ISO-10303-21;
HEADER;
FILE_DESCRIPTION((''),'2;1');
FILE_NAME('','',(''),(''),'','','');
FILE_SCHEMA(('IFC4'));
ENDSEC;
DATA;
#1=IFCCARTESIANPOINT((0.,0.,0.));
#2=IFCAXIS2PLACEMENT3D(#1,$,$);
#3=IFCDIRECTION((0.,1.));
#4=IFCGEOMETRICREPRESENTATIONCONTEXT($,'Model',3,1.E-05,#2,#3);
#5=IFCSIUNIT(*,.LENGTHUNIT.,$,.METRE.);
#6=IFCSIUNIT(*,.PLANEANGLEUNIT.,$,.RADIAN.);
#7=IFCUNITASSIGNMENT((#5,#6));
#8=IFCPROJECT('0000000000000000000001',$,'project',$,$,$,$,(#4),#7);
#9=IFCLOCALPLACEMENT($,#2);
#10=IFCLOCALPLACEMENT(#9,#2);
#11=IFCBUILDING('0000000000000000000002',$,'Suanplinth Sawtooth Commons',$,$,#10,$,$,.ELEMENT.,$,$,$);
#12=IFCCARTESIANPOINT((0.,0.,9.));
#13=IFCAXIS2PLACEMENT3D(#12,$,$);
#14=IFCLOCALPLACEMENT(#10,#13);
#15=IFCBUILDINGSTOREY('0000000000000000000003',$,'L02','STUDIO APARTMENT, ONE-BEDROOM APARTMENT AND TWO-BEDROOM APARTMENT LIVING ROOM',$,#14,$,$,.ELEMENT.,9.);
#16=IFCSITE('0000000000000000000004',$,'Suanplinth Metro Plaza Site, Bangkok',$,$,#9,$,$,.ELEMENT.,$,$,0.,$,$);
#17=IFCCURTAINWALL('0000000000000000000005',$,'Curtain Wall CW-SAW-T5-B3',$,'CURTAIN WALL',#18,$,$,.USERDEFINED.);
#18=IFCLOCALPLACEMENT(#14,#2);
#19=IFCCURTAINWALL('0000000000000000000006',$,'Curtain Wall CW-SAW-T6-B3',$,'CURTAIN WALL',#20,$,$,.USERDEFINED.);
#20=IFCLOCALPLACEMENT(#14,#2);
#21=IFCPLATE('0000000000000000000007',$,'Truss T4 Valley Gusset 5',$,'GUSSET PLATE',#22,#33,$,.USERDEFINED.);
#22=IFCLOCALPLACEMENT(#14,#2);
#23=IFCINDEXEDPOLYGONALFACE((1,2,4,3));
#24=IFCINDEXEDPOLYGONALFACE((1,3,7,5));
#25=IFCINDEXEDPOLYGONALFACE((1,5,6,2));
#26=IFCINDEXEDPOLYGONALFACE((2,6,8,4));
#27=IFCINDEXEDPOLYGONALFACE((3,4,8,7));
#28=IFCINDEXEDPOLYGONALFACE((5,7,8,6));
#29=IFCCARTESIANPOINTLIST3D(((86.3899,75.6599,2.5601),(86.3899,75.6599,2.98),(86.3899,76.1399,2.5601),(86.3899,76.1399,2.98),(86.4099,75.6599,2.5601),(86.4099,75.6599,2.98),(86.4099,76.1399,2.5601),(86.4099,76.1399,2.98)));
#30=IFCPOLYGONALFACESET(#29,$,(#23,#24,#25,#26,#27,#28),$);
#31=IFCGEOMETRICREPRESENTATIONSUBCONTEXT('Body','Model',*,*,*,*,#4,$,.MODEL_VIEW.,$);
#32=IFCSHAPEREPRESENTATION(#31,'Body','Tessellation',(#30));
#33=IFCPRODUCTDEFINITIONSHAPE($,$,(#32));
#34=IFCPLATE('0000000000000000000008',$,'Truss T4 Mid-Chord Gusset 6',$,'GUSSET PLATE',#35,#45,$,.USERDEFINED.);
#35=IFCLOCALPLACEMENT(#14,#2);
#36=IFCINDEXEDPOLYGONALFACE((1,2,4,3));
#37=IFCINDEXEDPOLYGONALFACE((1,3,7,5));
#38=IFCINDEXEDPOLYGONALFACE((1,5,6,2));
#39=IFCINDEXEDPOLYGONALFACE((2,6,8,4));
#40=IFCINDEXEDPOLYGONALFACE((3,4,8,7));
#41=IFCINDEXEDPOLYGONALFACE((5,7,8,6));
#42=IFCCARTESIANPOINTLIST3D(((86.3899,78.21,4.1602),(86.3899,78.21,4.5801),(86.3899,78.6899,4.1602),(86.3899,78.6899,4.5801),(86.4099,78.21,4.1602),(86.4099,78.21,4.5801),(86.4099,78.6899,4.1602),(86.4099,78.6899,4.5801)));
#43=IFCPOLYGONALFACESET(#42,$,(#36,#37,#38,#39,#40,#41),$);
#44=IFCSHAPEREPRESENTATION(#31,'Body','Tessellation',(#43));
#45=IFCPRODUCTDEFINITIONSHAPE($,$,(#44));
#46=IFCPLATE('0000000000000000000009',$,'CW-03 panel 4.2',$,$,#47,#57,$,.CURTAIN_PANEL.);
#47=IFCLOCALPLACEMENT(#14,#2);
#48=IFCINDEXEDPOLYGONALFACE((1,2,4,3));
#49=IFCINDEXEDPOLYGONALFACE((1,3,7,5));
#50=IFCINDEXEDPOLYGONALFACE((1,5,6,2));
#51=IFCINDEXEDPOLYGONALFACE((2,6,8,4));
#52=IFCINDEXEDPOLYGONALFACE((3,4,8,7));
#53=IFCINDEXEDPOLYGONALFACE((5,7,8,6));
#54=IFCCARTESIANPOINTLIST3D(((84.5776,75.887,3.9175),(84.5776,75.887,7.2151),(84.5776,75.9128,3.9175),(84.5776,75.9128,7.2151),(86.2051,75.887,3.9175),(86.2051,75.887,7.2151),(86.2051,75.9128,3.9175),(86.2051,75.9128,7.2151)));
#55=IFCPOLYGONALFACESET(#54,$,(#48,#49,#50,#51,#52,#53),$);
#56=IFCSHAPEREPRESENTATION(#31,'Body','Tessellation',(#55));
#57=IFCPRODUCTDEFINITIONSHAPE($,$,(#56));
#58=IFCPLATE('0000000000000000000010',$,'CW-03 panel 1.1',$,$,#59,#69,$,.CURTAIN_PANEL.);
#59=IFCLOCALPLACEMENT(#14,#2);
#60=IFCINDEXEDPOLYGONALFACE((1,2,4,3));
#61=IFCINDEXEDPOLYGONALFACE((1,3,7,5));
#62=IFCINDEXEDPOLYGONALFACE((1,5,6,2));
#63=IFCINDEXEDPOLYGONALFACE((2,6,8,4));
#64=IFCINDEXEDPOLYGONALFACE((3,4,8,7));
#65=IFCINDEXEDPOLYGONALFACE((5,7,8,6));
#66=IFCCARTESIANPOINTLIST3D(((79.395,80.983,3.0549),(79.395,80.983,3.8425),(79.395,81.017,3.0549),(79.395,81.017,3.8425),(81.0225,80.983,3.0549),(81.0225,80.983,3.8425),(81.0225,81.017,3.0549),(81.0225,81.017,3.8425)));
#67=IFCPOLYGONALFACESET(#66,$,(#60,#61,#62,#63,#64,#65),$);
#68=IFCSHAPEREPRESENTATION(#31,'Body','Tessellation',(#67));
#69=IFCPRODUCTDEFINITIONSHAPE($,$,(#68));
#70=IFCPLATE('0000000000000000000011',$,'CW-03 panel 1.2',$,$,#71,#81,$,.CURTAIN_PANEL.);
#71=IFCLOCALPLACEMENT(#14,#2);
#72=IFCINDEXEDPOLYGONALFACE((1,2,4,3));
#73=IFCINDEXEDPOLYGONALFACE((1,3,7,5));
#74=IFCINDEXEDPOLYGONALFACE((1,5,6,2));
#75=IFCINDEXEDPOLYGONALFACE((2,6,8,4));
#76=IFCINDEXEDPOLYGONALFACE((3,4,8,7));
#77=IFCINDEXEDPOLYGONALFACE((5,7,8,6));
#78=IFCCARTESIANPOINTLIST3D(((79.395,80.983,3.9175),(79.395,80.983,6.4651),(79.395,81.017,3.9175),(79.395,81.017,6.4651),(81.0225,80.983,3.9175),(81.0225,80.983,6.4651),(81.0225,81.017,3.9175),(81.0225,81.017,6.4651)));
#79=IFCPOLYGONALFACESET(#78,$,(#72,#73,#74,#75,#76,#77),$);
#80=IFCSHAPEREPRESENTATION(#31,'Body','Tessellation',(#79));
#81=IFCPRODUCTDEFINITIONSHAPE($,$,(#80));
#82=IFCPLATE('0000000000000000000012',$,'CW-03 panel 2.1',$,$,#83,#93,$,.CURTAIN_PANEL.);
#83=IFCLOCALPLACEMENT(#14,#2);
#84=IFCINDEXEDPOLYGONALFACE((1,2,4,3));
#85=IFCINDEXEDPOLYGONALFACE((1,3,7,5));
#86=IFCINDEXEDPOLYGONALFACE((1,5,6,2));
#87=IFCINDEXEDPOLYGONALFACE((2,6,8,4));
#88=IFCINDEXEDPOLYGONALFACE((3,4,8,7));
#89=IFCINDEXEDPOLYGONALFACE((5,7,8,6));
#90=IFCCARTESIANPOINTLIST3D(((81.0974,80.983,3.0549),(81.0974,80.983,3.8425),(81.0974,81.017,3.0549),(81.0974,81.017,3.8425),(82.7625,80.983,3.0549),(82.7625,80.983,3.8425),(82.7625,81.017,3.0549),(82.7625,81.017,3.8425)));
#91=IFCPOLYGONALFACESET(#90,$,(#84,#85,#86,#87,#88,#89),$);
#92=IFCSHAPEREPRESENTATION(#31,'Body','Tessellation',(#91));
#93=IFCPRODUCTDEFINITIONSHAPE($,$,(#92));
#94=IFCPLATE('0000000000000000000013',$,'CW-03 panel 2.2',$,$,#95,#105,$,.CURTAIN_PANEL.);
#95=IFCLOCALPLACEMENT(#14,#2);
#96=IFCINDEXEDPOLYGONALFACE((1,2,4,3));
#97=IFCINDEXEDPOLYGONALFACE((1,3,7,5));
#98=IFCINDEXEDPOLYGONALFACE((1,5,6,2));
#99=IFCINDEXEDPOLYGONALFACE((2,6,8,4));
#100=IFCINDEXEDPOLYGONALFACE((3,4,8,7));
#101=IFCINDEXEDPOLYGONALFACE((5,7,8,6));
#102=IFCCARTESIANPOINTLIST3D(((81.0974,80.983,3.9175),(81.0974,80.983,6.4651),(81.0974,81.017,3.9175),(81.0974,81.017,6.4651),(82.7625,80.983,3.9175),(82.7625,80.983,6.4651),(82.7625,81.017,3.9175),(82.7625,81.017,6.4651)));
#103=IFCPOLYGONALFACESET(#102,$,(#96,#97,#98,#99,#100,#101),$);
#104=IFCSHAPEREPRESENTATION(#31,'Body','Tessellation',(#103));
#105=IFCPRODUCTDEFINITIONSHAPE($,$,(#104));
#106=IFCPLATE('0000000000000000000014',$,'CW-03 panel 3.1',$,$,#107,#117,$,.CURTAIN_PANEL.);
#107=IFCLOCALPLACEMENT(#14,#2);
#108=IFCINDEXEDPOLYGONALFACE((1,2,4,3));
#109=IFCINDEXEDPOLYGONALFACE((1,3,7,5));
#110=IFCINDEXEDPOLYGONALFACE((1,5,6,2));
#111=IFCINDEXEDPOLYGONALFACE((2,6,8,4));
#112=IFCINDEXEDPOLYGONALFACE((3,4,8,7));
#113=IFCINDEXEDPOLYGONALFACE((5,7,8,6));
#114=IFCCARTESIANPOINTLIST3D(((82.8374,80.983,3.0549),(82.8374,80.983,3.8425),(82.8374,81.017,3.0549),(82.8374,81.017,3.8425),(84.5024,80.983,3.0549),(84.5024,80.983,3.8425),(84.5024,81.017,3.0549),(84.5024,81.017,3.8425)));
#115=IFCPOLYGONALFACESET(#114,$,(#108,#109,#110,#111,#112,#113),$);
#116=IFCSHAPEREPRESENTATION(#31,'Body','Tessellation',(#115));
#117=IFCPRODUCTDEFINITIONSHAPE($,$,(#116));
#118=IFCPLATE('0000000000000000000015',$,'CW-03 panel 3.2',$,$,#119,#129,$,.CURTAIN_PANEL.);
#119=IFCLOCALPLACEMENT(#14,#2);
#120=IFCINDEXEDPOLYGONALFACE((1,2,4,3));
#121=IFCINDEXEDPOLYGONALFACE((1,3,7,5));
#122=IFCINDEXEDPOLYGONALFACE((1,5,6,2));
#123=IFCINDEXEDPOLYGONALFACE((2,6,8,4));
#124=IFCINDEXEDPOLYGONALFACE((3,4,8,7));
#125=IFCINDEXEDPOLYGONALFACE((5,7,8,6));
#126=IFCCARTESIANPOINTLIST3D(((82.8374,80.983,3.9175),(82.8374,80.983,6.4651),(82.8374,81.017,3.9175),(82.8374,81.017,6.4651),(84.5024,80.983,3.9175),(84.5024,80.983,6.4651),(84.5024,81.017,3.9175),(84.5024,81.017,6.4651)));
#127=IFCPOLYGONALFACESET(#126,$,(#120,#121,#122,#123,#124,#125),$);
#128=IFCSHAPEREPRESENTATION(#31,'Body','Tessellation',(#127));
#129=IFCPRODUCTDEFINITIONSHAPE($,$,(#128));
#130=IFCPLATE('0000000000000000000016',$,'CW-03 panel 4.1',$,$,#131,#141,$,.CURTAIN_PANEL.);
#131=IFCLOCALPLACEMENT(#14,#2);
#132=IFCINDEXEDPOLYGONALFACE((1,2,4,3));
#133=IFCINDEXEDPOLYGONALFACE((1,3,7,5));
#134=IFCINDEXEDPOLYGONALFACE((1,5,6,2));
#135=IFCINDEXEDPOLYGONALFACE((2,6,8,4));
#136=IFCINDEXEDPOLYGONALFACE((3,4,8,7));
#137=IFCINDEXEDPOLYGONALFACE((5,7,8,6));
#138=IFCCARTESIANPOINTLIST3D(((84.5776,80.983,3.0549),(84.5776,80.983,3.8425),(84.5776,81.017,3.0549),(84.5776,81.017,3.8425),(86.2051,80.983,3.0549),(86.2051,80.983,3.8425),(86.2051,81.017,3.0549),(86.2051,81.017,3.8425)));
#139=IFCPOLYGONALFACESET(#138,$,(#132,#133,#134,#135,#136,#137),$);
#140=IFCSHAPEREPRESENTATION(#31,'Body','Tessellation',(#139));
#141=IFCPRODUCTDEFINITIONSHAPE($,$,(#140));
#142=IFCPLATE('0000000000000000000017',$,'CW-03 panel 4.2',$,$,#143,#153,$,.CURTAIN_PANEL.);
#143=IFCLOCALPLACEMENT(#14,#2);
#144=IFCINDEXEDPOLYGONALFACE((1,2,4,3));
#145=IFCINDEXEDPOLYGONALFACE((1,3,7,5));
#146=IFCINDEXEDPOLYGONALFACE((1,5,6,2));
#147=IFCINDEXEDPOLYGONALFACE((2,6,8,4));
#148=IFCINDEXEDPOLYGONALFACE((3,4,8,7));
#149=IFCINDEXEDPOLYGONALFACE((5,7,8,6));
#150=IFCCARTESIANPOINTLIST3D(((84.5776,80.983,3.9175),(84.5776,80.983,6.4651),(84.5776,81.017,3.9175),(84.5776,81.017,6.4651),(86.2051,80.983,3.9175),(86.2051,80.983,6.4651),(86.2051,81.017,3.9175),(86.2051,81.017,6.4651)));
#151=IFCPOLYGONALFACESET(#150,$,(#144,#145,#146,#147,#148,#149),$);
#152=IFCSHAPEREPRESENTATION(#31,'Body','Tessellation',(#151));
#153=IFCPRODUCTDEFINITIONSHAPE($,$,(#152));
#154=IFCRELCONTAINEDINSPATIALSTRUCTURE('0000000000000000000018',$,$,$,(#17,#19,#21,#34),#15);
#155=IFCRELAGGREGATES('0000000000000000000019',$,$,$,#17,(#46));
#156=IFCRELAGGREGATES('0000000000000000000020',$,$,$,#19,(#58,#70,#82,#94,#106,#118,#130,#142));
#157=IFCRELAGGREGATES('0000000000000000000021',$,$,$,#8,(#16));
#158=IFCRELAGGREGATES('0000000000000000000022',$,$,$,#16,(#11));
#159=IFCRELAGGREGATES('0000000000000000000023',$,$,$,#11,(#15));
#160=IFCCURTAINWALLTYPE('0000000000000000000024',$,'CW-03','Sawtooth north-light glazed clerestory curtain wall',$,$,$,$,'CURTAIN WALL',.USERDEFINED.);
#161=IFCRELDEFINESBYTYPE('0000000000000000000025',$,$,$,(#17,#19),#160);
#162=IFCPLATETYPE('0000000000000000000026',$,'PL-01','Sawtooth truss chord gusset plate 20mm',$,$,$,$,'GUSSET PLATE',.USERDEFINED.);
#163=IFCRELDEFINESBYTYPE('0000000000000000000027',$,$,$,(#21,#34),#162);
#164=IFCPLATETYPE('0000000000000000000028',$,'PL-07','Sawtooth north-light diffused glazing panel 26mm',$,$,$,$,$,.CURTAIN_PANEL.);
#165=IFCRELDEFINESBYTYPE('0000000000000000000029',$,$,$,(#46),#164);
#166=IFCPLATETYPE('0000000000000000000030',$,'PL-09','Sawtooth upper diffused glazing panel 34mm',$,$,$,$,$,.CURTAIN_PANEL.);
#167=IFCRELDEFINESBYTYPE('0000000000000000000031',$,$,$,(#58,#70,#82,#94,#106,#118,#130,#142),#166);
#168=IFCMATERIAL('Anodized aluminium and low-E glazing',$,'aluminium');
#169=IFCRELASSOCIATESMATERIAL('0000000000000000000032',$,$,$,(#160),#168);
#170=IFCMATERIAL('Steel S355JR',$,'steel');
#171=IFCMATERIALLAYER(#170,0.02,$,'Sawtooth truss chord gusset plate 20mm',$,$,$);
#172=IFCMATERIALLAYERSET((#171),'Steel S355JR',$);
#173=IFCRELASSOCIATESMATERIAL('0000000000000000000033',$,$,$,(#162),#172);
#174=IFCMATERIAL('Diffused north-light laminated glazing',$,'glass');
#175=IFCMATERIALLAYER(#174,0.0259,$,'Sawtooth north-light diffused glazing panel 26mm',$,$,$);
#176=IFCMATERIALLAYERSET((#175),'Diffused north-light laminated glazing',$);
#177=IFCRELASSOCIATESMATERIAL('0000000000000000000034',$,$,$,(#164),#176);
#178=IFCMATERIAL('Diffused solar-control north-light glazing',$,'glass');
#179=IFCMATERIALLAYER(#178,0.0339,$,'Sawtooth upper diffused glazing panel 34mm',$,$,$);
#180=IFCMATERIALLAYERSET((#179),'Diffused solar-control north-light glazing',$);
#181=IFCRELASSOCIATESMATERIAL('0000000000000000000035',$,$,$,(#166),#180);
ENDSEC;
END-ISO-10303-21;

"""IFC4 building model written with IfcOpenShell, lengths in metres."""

from ifc_helpers import new_model, si_unit, direction, frame, origin, origin_2d, place, context, subcontext, project, spatial, rectangle, extrude, material, layer, layer_set, type_object, element, aggregate, save


model = new_model("IFC4")

# Units and contexts
model_context = context("Model", 3, precision=1e-05, world=origin(), true_north=direction((0.0, 1.0)))
body_context = subcontext(model_context, "Body", "Model", "MODEL_VIEW")
ifc_project = project(units=[si_unit("LENGTHUNIT", "METRE"), si_unit("PLANEANGLEUNIT", "RADIAN")], contexts=[model_context])

# Site, building, storey
site_placement = place(None, origin())
site = spatial("IfcSite", under=ifc_project, at=site_placement, Name="Suanplinth Metro Plaza Site, Bangkok", CompositionType="ELEMENT", RefElevation=0.0)
building_placement = place(site_placement, origin())
building = spatial("IfcBuilding", under=site, at=building_placement, Name="Suanplinth Sawtooth Commons", CompositionType="ELEMENT")
storey_placement = place(building_placement, frame((0.0, 0.0, 9.0)))
storey = spatial("IfcBuildingStorey", under=building, at=storey_placement, Name="L02", Description="STUDIO APARTMENT, ONE-BEDROOM APARTMENT AND TWO-BEDROOM APARTMENT LIVING ROOM", CompositionType="ELEMENT", Elevation=9.0)

# Shared definitions
ifc_material_1 = material(Name="Steel S355JR", Category="steel")

# Curtain wall
ifc_material_2 = material(Name="Anodized aluminium and low-E glazing", Category="aluminium")
curtain_wall_type = type_object("IfcCurtainWallType", Name="CW-03", Description="Sawtooth north-light glazed clerestory curtain wall", ElementType="CURTAIN WALL", PredefinedType="USERDEFINED", material=ifc_material_2)
curtain_wall_1_placement = place(storey_placement, origin())
curtain_wall_1 = element("IfcCurtainWall", 1, at=curtain_wall_1_placement, inside=storey, type_object=curtain_wall_type, Name="Curtain Wall CW-SAW-T5-B3", ObjectType="CURTAIN WALL", PredefinedType="USERDEFINED")

# Curtain wall
curtain_wall_2_placement = place(storey_placement, origin())
curtain_wall_2 = element("IfcCurtainWall", 2, at=curtain_wall_2_placement, inside=storey, type_object=curtain_wall_type, Name="Curtain Wall CW-SAW-T6-B3", ObjectType="CURTAIN WALL", PredefinedType="USERDEFINED")

# Plates
ifc_layer_1 = layer(ifc_material_1, 0.02, Name="Sawtooth truss chord gusset plate 20mm")
ifc_layer_set_1 = layer_set([ifc_layer_1], Name="Steel S355JR")
plate_type_1 = type_object("IfcPlateType", Name="PL-01", Description="Sawtooth truss chord gusset plate 20mm", ElementType="GUSSET PLATE", PredefinedType="USERDEFINED", material=ifc_layer_set_1)
for number, where, z_axis, x_axis, name in (
    (3, (86.3999, 75.8999, 2.5601), (0.0, 0.0, 1.0), (1.0, 0.0, 0.0), "Truss T4 Valley Gusset 5"),
    (4, (86.3999, 78.45, 4.1602), (0.0, 0.0, 1.0), (1.0, 0.0, 0.0), "Truss T4 Mid-Chord Gusset 6"),
):
    element("IfcPlate", number, at=place(storey_placement, frame(where, z_axis=z_axis, x_axis=x_axis)), inside=storey, type_object=plate_type_1, Name=name, ObjectType="GUSSET PLATE", PredefinedType="USERDEFINED", context=body_context, shape_type="SweptSolid", body=[
        extrude(rectangle(XDim=0.02, YDim=0.48, at=origin_2d()), origin(), (0.0, 0.0, 1.0), 0.4199),
    ])

# Plates
ifc_material_3 = material(Name="Diffused north-light laminated glazing", Category="glass")
ifc_layer_2 = layer(ifc_material_3, 0.0259, Name="Sawtooth north-light diffused glazing panel 26mm")
ifc_layer_set_2 = layer_set([ifc_layer_2], Name="Diffused north-light laminated glazing")
plate_type_2 = type_object("IfcPlateType", Name="PL-07", Description="Sawtooth north-light diffused glazing panel 26mm", PredefinedType="CURTAIN_PANEL", material=ifc_layer_set_2)
plate_1_placement = place(storey_placement, frame((85.3914, 75.8999, 3.9175), z_axis=(0.0, 0.0, 1.0), x_axis=(1.0, 0.0, 0.0)))
plate_1 = element("IfcPlate", 5, at=plate_1_placement, type_object=plate_type_2, Name="CW-03 panel 4.2", PredefinedType="CURTAIN_PANEL", context=body_context, shape_type="SweptSolid", body=[
    extrude(rectangle(XDim=1.6274, YDim=0.0259, at=origin_2d()), origin(), (0.0, 0.0, 1.0), 3.2976),
])
aggregate(curtain_wall_1, [plate_1])
ifc_material_4 = material(Name="Diffused solar-control north-light glazing", Category="glass")
ifc_layer_3 = layer(ifc_material_4, 0.0339, Name="Sawtooth upper diffused glazing panel 34mm")
ifc_layer_set_3 = layer_set([ifc_layer_3], Name="Diffused solar-control north-light glazing")
plate_type_3 = type_object("IfcPlateType", Name="PL-09", Description="Sawtooth upper diffused glazing panel 34mm", PredefinedType="CURTAIN_PANEL", material=ifc_layer_set_3)
plate_2_placement = place(storey_placement, frame((80.2087, 81.0, 3.0549), z_axis=(0.0, 0.0, 1.0), x_axis=(1.0, 0.0, 0.0)))
plate_2 = element("IfcPlate", 6, at=plate_2_placement, type_object=plate_type_3, Name="CW-03 panel 1.1", PredefinedType="CURTAIN_PANEL", context=body_context, shape_type="SweptSolid", body=[
    extrude(rectangle(XDim=1.6274, YDim=0.0339, at=origin_2d()), origin(), (0.0, 0.0, 1.0), 0.7876),
])
plate_3_placement = place(storey_placement, frame((80.2087, 81.0, 3.9175), z_axis=(0.0, 0.0, 1.0), x_axis=(1.0, 0.0, 0.0)))
plate_3 = element("IfcPlate", 7, at=plate_3_placement, type_object=plate_type_3, Name="CW-03 panel 1.2", PredefinedType="CURTAIN_PANEL", context=body_context, shape_type="SweptSolid", body=[
    extrude(rectangle(XDim=1.6274, YDim=0.0339, at=origin_2d()), origin(), (0.0, 0.0, 1.0), 2.5476),
])
plate_4_placement = place(storey_placement, frame((81.9299, 81.0, 3.0549), z_axis=(0.0, 0.0, 1.0), x_axis=(1.0, 0.0, 0.0)))
plate_4 = element("IfcPlate", 8, at=plate_4_placement, type_object=plate_type_3, Name="CW-03 panel 2.1", PredefinedType="CURTAIN_PANEL", context=body_context, shape_type="SweptSolid", body=[
    extrude(rectangle(XDim=1.665, YDim=0.0339, at=origin_2d()), origin(), (0.0, 0.0, 1.0), 0.7876),
])
plate_5_placement = place(storey_placement, frame((81.9299, 81.0, 3.9175), z_axis=(0.0, 0.0, 1.0), x_axis=(1.0, 0.0, 0.0)))
plate_5 = element("IfcPlate", 9, at=plate_5_placement, type_object=plate_type_3, Name="CW-03 panel 2.2", PredefinedType="CURTAIN_PANEL", context=body_context, shape_type="SweptSolid", body=[
    extrude(rectangle(XDim=1.665, YDim=0.0339, at=origin_2d()), origin(), (0.0, 0.0, 1.0), 2.5476),
])
plate_6_placement = place(storey_placement, frame((83.6699, 81.0, 3.0549), z_axis=(0.0, 0.0, 1.0), x_axis=(1.0, 0.0, 0.0)))
plate_6 = element("IfcPlate", 10, at=plate_6_placement, type_object=plate_type_3, Name="CW-03 panel 3.1", PredefinedType="CURTAIN_PANEL", context=body_context, shape_type="SweptSolid", body=[
    extrude(rectangle(XDim=1.665, YDim=0.0339, at=origin_2d()), origin(), (0.0, 0.0, 1.0), 0.7876),
])
plate_7_placement = place(storey_placement, frame((83.6699, 81.0, 3.9175), z_axis=(0.0, 0.0, 1.0), x_axis=(1.0, 0.0, 0.0)))
plate_7 = element("IfcPlate", 11, at=plate_7_placement, type_object=plate_type_3, Name="CW-03 panel 3.2", PredefinedType="CURTAIN_PANEL", context=body_context, shape_type="SweptSolid", body=[
    extrude(rectangle(XDim=1.665, YDim=0.0339, at=origin_2d()), origin(), (0.0, 0.0, 1.0), 2.5476),
])
plate_8_placement = place(storey_placement, frame((85.3914, 81.0, 3.0549), z_axis=(0.0, 0.0, 1.0), x_axis=(1.0, 0.0, 0.0)))
plate_8 = element("IfcPlate", 12, at=plate_8_placement, type_object=plate_type_3, Name="CW-03 panel 4.1", PredefinedType="CURTAIN_PANEL", context=body_context, shape_type="SweptSolid", body=[
    extrude(rectangle(XDim=1.6274, YDim=0.0339, at=origin_2d()), origin(), (0.0, 0.0, 1.0), 0.7876),
])
plate_9_placement = place(storey_placement, frame((85.3914, 81.0, 3.9175), z_axis=(0.0, 0.0, 1.0), x_axis=(1.0, 0.0, 0.0)))
plate_9 = element("IfcPlate", 13, at=plate_9_placement, type_object=plate_type_3, Name="CW-03 panel 4.2", PredefinedType="CURTAIN_PANEL", context=body_context, shape_type="SweptSolid", body=[
    extrude(rectangle(XDim=1.6274, YDim=0.0339, at=origin_2d()), origin(), (0.0, 0.0, 1.0), 2.5476),
])
aggregate(curtain_wall_2, [plate_2, plate_3, plate_4, plate_5, plate_6, plate_7, plate_8, plate_9])

save(model, "model.ifc")
